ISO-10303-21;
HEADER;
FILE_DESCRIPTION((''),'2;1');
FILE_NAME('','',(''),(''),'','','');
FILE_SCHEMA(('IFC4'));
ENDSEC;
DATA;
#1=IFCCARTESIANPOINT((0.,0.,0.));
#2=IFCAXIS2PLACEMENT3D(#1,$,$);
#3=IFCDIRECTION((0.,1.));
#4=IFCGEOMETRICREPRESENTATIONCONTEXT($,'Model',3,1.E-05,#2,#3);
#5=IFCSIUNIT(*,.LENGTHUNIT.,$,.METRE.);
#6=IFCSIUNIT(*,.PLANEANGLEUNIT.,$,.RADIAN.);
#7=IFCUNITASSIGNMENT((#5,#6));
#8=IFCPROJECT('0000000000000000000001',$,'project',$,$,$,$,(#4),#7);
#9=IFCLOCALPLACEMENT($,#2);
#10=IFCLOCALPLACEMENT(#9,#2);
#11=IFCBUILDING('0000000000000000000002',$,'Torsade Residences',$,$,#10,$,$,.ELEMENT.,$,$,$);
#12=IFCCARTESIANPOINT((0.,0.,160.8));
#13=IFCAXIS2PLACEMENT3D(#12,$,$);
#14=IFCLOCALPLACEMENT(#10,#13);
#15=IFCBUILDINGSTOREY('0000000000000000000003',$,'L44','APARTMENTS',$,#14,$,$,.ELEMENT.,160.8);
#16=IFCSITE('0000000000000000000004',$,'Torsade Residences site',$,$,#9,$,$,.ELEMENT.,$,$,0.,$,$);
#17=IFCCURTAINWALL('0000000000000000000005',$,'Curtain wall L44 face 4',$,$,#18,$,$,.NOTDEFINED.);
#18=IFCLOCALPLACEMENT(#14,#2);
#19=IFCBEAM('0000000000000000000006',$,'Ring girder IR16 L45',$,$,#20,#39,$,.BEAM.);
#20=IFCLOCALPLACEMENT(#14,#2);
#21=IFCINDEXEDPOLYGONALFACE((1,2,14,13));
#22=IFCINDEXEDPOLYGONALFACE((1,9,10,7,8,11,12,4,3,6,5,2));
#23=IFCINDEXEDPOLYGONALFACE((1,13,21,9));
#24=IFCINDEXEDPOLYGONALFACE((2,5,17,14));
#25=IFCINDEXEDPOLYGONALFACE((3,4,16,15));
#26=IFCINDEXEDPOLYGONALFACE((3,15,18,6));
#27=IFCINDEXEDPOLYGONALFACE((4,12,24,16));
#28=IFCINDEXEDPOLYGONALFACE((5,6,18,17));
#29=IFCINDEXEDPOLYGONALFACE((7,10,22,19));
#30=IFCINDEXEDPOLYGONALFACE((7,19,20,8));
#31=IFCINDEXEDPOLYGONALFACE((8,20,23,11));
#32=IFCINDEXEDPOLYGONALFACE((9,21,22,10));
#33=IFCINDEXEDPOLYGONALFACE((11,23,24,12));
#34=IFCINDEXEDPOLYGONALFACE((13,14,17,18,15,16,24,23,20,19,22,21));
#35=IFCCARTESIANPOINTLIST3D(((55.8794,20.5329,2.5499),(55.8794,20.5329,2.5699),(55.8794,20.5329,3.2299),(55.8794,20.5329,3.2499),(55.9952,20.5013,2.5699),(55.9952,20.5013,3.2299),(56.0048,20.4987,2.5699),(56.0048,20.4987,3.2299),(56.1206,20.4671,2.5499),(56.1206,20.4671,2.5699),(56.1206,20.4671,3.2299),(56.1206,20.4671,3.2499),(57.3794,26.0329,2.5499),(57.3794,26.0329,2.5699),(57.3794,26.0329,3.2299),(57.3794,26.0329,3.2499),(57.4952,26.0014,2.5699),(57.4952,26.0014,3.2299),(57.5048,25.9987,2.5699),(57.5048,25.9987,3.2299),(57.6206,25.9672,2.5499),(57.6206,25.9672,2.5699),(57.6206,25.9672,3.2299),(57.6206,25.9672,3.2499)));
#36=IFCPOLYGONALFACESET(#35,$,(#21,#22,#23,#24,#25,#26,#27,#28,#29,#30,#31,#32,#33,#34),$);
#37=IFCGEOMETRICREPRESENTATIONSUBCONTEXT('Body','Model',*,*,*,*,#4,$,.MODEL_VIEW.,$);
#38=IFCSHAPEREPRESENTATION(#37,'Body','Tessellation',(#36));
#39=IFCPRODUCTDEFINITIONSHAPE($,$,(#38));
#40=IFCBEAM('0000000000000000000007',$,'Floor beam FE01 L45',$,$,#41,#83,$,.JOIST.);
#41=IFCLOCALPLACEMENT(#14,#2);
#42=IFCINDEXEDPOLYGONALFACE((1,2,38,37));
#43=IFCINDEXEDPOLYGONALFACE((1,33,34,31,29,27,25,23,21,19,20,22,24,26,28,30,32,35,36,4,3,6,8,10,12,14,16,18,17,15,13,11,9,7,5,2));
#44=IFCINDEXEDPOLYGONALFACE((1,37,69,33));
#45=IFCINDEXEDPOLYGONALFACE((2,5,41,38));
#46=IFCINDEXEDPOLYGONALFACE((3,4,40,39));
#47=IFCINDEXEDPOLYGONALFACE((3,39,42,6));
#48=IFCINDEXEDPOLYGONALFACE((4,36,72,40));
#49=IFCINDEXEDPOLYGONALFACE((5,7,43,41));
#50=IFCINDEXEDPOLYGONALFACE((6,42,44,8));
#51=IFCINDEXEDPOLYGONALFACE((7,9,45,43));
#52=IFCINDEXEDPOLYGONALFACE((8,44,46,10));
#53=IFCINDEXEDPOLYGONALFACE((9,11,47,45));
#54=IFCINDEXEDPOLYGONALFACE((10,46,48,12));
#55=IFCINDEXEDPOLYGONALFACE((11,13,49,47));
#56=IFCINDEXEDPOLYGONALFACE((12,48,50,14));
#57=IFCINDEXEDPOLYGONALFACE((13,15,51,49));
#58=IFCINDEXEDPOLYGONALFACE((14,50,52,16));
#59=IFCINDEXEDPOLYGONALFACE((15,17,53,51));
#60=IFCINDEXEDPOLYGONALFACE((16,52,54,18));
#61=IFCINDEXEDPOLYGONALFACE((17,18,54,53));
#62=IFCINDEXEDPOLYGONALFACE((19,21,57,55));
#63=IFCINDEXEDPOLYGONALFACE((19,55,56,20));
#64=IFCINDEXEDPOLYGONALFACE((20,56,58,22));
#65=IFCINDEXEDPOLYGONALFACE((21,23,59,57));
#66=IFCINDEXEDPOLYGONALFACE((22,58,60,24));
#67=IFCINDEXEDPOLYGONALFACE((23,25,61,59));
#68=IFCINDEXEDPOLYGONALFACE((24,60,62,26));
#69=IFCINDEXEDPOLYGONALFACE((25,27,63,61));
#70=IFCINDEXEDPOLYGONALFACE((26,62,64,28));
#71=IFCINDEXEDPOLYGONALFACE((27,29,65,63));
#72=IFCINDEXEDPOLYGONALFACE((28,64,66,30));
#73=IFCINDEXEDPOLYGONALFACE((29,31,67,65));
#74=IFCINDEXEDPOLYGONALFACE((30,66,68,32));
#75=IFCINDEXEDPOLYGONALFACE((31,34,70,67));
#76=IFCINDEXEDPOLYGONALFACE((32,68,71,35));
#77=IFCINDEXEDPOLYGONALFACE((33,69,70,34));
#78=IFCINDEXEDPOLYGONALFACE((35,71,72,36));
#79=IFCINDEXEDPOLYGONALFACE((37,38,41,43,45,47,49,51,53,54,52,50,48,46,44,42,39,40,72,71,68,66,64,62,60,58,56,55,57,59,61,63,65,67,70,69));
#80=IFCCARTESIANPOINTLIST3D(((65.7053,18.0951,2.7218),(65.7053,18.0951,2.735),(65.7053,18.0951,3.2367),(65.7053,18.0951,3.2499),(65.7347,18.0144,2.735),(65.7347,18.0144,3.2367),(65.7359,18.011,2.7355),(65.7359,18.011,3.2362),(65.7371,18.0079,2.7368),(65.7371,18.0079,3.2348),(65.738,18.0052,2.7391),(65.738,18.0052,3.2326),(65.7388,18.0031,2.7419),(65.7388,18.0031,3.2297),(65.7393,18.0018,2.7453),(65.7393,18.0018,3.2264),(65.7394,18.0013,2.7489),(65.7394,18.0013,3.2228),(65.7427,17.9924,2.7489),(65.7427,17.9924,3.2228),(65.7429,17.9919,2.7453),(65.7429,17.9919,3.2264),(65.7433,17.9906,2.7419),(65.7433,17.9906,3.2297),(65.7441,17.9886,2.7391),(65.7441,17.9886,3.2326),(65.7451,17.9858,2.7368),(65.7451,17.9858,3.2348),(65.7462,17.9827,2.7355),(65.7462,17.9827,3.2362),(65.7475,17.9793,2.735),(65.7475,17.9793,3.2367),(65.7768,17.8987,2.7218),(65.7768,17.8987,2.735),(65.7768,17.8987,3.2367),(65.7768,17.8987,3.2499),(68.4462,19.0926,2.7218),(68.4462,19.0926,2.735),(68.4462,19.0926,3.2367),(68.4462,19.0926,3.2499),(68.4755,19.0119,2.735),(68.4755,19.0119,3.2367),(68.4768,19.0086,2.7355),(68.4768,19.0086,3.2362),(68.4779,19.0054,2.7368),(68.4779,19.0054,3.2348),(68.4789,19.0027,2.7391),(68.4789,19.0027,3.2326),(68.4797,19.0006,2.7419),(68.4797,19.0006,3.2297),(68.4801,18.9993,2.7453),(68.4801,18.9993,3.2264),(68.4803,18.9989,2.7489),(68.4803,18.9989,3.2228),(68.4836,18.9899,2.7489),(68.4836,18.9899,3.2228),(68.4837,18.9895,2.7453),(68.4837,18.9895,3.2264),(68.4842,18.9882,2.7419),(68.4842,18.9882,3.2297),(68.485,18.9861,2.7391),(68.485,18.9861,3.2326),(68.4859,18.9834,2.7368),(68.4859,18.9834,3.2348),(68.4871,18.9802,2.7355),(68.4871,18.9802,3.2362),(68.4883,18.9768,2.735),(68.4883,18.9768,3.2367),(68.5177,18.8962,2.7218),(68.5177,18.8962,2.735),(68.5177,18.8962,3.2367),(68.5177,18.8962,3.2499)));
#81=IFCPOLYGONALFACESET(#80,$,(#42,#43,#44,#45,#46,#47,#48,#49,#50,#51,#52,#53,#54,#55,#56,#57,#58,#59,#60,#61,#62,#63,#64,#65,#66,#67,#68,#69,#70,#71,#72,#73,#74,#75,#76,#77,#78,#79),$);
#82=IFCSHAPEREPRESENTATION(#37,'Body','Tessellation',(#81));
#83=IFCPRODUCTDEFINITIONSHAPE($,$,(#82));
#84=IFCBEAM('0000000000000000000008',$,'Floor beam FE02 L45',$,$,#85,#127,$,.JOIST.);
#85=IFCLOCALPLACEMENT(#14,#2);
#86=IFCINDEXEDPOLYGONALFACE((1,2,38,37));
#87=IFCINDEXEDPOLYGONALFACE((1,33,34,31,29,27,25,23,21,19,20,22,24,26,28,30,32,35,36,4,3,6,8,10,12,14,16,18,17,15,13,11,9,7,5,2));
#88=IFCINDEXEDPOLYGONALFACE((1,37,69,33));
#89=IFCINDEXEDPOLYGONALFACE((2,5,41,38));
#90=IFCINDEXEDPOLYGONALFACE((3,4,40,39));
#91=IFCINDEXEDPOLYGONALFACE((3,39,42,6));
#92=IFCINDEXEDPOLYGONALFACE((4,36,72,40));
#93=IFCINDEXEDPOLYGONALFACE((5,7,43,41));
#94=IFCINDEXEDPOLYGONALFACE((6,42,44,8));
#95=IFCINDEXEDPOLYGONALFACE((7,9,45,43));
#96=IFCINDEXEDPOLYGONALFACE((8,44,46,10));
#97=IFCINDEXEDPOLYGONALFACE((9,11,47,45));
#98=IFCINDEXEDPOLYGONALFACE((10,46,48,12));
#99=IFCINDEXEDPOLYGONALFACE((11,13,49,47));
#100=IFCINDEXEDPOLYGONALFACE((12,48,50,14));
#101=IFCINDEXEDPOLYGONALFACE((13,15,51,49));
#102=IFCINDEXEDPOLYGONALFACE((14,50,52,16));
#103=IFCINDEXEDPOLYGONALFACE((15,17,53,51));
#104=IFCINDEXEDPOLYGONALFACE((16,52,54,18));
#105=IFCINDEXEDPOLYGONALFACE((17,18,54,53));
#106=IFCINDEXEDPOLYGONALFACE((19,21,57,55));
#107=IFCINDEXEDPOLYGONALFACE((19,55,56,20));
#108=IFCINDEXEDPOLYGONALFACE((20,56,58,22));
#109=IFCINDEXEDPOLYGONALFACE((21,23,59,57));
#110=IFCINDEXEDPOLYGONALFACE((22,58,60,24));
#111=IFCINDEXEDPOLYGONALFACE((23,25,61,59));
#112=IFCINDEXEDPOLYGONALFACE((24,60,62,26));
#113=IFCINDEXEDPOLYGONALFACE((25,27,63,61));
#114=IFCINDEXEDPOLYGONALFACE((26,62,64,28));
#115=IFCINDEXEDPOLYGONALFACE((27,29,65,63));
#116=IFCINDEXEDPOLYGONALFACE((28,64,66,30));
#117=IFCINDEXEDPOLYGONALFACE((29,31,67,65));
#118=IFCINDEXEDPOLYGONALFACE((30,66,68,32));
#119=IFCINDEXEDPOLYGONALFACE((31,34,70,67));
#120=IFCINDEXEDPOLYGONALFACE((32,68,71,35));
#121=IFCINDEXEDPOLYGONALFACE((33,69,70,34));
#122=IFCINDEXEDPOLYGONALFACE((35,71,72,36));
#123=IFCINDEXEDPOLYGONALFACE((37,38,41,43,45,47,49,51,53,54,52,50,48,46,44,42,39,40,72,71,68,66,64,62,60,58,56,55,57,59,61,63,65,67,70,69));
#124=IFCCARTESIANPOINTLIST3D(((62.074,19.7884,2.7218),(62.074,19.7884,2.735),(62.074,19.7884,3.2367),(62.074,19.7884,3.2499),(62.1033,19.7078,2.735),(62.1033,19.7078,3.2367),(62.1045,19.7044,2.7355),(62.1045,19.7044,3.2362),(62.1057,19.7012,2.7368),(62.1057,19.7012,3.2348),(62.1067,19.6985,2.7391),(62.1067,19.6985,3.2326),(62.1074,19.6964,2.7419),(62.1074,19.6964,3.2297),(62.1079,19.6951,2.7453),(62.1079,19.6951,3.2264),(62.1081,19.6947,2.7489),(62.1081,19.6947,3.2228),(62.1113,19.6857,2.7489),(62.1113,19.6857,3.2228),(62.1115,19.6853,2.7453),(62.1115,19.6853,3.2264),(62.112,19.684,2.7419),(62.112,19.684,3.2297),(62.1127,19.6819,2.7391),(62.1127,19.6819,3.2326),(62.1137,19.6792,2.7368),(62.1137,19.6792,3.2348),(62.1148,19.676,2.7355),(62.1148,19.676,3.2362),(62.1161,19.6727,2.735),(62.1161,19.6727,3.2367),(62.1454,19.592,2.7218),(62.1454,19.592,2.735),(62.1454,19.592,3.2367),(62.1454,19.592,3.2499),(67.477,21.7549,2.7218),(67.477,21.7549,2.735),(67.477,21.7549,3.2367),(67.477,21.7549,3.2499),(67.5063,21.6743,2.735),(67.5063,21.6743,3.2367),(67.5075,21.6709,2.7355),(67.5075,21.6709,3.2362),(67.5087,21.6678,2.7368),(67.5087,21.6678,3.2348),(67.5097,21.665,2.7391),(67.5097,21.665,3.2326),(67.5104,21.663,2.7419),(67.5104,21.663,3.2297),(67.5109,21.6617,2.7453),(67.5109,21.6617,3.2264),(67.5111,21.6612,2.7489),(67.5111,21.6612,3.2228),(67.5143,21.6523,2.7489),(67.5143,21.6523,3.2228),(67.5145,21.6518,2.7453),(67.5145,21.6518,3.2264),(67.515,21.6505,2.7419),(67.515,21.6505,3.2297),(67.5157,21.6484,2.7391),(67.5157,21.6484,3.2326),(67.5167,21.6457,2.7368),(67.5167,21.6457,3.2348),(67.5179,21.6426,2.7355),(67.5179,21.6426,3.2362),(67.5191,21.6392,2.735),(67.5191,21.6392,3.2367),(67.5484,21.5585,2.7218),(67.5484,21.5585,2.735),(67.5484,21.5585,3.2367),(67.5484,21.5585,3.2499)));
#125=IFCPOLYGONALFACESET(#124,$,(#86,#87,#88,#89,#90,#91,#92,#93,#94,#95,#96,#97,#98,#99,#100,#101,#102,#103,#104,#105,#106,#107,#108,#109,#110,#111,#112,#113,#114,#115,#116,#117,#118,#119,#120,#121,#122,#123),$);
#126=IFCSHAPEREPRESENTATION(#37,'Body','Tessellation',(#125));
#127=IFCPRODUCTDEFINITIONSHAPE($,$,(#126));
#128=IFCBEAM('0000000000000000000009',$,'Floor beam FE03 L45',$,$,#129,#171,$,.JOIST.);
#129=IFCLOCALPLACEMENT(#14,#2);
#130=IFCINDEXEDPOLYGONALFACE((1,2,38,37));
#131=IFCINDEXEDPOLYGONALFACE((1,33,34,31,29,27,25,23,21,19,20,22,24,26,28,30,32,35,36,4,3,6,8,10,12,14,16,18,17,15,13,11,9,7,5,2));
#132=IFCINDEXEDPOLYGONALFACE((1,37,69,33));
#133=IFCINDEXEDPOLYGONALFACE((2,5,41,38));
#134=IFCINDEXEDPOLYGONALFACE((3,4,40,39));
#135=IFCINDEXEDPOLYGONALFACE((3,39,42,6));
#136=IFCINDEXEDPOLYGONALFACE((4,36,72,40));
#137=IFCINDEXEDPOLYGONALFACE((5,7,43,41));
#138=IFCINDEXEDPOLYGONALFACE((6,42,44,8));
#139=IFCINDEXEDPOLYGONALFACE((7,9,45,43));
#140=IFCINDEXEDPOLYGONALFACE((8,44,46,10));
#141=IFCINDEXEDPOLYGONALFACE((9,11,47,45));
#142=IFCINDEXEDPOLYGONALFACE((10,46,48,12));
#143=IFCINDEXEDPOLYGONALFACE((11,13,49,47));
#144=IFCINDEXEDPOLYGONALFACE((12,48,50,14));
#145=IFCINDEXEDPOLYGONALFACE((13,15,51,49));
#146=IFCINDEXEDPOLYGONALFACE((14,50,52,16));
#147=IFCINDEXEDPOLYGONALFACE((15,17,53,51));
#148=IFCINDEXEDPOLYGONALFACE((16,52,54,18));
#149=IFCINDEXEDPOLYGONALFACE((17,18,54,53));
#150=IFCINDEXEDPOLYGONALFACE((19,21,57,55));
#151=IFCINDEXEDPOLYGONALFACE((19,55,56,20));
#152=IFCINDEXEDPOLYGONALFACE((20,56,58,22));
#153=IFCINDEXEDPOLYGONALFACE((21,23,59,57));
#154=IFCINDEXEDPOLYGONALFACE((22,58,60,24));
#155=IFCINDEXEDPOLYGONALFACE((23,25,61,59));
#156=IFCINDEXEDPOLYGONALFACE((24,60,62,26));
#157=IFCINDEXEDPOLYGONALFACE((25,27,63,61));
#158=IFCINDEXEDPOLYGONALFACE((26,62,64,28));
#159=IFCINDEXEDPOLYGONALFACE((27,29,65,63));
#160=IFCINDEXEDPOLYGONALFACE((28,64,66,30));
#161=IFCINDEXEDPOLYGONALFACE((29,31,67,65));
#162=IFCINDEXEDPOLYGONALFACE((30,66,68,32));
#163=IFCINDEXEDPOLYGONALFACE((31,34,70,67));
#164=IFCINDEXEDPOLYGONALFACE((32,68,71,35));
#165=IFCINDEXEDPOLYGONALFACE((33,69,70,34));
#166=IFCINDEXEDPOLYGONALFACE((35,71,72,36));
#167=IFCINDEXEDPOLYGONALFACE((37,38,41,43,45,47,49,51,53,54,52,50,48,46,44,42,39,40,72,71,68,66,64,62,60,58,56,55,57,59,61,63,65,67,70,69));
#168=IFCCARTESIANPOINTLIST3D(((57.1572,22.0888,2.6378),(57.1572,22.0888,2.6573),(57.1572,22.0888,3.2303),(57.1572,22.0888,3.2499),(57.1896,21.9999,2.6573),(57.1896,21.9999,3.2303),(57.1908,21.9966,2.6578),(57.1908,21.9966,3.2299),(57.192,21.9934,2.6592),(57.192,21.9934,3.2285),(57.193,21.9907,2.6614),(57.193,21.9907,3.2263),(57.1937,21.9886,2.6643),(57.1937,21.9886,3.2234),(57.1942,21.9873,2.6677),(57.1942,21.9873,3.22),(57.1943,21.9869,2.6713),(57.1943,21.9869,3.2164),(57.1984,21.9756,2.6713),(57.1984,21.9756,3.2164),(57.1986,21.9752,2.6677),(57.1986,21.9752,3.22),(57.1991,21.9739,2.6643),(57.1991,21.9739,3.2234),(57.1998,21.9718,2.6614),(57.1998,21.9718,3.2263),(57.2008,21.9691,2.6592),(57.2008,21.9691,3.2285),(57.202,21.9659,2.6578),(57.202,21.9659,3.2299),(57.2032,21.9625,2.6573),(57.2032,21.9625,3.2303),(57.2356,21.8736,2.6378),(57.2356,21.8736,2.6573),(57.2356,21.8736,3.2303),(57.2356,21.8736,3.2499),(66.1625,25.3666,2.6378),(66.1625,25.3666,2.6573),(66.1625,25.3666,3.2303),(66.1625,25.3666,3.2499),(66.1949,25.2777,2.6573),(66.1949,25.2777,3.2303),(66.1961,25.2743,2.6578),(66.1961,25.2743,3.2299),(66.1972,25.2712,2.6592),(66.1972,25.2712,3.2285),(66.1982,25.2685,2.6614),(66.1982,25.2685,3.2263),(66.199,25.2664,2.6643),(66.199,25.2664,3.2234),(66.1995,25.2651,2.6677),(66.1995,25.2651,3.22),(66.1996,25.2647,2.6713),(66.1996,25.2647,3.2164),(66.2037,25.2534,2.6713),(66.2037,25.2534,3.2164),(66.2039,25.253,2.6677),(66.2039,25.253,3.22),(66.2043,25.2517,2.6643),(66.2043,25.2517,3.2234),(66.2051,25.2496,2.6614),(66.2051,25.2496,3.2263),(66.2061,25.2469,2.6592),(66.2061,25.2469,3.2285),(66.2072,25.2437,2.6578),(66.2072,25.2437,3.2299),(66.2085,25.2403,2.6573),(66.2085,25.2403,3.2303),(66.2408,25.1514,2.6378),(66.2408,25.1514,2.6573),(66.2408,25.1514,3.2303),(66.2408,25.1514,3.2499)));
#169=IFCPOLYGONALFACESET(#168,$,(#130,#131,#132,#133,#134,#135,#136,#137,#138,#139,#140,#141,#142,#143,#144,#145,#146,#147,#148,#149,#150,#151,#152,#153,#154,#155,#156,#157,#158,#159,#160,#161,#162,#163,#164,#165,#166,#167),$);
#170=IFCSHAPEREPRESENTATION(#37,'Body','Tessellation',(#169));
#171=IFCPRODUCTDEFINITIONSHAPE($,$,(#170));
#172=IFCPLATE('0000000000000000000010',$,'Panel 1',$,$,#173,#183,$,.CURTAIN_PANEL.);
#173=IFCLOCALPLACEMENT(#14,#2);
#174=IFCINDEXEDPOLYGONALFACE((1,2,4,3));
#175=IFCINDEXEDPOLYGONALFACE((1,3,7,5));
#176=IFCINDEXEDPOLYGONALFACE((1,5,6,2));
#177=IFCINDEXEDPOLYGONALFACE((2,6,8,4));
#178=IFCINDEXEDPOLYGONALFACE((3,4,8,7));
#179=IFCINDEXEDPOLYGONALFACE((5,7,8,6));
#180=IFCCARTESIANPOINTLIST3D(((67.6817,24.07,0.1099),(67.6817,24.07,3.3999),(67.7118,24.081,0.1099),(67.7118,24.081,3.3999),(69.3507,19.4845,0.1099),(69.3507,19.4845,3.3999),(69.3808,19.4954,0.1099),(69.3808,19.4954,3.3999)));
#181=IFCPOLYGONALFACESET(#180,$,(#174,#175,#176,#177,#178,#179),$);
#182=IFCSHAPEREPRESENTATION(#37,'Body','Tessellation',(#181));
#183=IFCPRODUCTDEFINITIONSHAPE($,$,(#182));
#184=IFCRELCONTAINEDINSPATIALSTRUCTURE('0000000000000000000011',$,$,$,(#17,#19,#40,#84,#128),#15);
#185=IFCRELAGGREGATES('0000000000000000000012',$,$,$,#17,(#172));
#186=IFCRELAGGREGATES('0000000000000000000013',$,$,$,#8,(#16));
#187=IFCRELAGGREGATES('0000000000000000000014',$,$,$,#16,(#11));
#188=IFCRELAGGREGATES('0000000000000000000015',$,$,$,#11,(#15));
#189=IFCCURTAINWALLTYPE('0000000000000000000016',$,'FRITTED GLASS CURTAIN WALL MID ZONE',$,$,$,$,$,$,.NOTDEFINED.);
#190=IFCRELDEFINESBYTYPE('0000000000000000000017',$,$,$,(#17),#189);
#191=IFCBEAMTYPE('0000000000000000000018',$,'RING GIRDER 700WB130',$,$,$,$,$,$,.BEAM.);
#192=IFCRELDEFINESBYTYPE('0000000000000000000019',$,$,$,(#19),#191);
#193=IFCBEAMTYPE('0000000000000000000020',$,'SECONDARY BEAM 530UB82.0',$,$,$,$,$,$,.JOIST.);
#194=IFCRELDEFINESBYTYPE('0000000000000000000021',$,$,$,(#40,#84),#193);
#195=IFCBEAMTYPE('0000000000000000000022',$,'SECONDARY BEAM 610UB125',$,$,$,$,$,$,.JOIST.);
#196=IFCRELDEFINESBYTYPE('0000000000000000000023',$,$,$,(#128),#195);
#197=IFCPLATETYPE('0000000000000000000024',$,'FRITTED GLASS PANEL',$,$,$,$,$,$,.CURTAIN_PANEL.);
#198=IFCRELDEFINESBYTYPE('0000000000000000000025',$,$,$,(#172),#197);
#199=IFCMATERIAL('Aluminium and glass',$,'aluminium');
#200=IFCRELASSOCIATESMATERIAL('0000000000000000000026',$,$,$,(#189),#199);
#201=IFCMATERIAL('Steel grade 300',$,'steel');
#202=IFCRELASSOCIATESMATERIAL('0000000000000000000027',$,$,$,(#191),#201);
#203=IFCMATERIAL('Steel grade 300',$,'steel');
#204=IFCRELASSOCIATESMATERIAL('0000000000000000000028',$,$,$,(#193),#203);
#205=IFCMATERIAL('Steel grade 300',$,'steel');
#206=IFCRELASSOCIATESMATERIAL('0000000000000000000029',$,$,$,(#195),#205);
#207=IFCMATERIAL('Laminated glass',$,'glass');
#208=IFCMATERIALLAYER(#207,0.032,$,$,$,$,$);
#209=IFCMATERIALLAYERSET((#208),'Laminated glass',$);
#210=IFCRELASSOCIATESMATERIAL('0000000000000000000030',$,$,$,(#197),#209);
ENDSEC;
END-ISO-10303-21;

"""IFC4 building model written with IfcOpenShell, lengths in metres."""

from ifc_helpers import new_model, si_unit, direction, frame, origin, origin_2d, place, context, subcontext, project, spatial, rectangle, i_section, extrude, material, layer, layer_set, material_profile, profile_set, type_object, element, aggregate, save


model = new_model("IFC4")

# Units and contexts
model_context = context("Model", 3, precision=1e-05, world=origin(), true_north=direction((0.0, 1.0)))
body_context = subcontext(model_context, "Body", "Model", "MODEL_VIEW")
ifc_project = project(units=[si_unit("LENGTHUNIT", "METRE"), si_unit("PLANEANGLEUNIT", "RADIAN")], contexts=[model_context])

# Site, building, storey
site_placement = place(None, origin())
site = spatial("IfcSite", under=ifc_project, at=site_placement, Name="Torsade Residences site", CompositionType="ELEMENT", RefElevation=0.0)
building_placement = place(site_placement, origin())
building = spatial("IfcBuilding", under=site, at=building_placement, Name="Torsade Residences", CompositionType="ELEMENT")
storey_placement = place(building_placement, frame((0.0, 0.0, 160.8)))
storey = spatial("IfcBuildingStorey", under=building, at=storey_placement, Name="L44", Description="APARTMENTS", CompositionType="ELEMENT", Elevation=160.8)

# Curtain wall
ifc_material_1 = material(Name="Aluminium and glass", Category="aluminium")
curtain_wall_type = type_object("IfcCurtainWallType", Name="FRITTED GLASS CURTAIN WALL MID ZONE", PredefinedType="NOTDEFINED", material=ifc_material_1)
curtain_wall_placement = place(storey_placement, origin())
curtain_wall = element("IfcCurtainWall", 1, at=curtain_wall_placement, inside=storey, type_object=curtain_wall_type, Name="Curtain wall L44 face 4", PredefinedType="NOTDEFINED")

# Beams
ifc_material_2 = material(Name="Steel grade 300", Category="steel")
ifc_material_profile_1 = material_profile(ifc_material_2, i_section(OverallWidth=0.25, OverallDepth=0.7, WebThickness=0.01, FlangeThickness=0.02, at=origin_2d()), Name="700WB130")
ifc_profile_set_1 = profile_set([ifc_material_profile_1], Name="Steel grade 300")
beam_type_1 = type_object("IfcBeamType", Name="RING GIRDER 700WB130", PredefinedType="BEAM", material=ifc_profile_set_1)
beam_1_placement = place(storey_placement, frame((56.0, 20.5, 2.8999), z_axis=(0.263117, 0.964764, 0.0), x_axis=(-0.964764, 0.263117, 0.0)))
element("IfcBeam", 2, at=beam_1_placement, inside=storey, type_object=beam_type_1, Name="Ring girder IR16 L45", PredefinedType="BEAM", context=body_context, shape_type="SweptSolid", body=[
    extrude(i_section(OverallWidth=0.25, OverallDepth=0.7, WebThickness=0.01, FlangeThickness=0.02, at=origin_2d()), origin(), (0.0, 0.0, 1.0), 5.7009),
])
ifc_material_3 = material(Name="Steel grade 300", Category="steel")
ifc_material_profile_2 = material_profile(ifc_material_3, i_section(OverallWidth=0.209, OverallDepth=0.5281, WebThickness=0.0095, FlangeThickness=0.0132, FilletRadius=0.0139, at=origin_2d()), Name="530UB82.0")
ifc_profile_set_2 = profile_set([ifc_material_profile_2], Name="Steel grade 300")
beam_type_2 = type_object("IfcBeamType", Name="SECONDARY BEAM 530UB82.0", PredefinedType="JOIST", material=ifc_profile_set_2)
beam_2_placement = place(storey_placement, frame((68.4819, 18.9944, 2.9858), z_axis=(-0.939701, -0.341998, 0.0), x_axis=(0.341998, -0.939701, 0.0)))
element("IfcBeam", 3, at=beam_2_placement, inside=storey, type_object=beam_type_2, Name="Floor beam FE01 L45", PredefinedType="JOIST", context=body_context, shape_type="SweptSolid", body=[
    extrude(i_section(OverallWidth=0.209, OverallDepth=0.5281, WebThickness=0.0095, FlangeThickness=0.0132, FilletRadius=0.0139, at=origin_2d()), origin(), (0.0, 0.0, 1.0), 2.9167),
])
beam_3_placement = place(storey_placement, frame((67.5127, 21.6567, 2.9858), z_axis=(-0.939693, -0.342019, 0.0), x_axis=(0.342019, -0.939693, 0.0)))
element("IfcBeam", 4, at=beam_3_placement, inside=storey, type_object=beam_type_2, Name="Floor beam FE02 L45", PredefinedType="JOIST", context=body_context, shape_type="SweptSolid", body=[
    extrude(i_section(OverallWidth=0.209, OverallDepth=0.5281, WebThickness=0.0095, FlangeThickness=0.0132, FilletRadius=0.0139, at=origin_2d()), origin(), (0.0, 0.0, 1.0), 5.7498),
])
ifc_material_4 = material(Name="Steel grade 300", Category="steel")
ifc_material_profile_3 = material_profile(ifc_material_4, i_section(OverallWidth=0.229, OverallDepth=0.6121, WebThickness=0.012, FlangeThickness=0.0195, FilletRadius=0.0139, at=origin_2d()), Name="610UB125")
ifc_profile_set_3 = profile_set([ifc_material_profile_3], Name="Steel grade 300")
beam_type_3 = type_object("IfcBeamType", Name="SECONDARY BEAM 610UB125", PredefinedType="JOIST", material=ifc_profile_set_3)
beam_4_placement = place(storey_placement, frame((66.2017, 25.259, 2.9438), z_axis=(-0.939688, -0.342034, 0.0), x_axis=(0.342034, -0.939688, 0.0)))
element("IfcBeam", 5, at=beam_4_placement, inside=storey, type_object=beam_type_3, Name="Floor beam FE03 L45", PredefinedType="JOIST", context=body_context, shape_type="SweptSolid", body=[
    extrude(i_section(OverallWidth=0.229, OverallDepth=0.6121, WebThickness=0.012, FlangeThickness=0.0195, FilletRadius=0.0139, at=origin_2d()), origin(), (0.0, 0.0, 1.0), 9.5833),
])

# Plate
ifc_material_5 = material(Name="Laminated glass", Category="glass")
ifc_layer_1 = layer(ifc_material_5, 0.032)
ifc_layer_set_1 = layer_set([ifc_layer_1], Name="Laminated glass")
plate_type_1 = type_object("IfcPlateType", Name="FRITTED GLASS PANEL", PredefinedType="CURTAIN_PANEL", material=ifc_layer_set_1)
plate_1_placement = place(storey_placement, frame((68.5312, 21.7827, 0.1099), z_axis=(0.0, 0.0, 1.0), x_axis=(-0.34202, 0.939693, 0.0)))
plate_1 = element("IfcPlate", 6, at=plate_1_placement, type_object=plate_type_1, Name="Panel 1", PredefinedType="CURTAIN_PANEL", context=body_context, shape_type="SweptSolid", body=[
    extrude(rectangle(XDim=4.8799, YDim=0.032, at=origin_2d()), origin(), (0.0, 0.0, 1.0), 3.29),
])
aggregate(curtain_wall, [plate_1])

save(model, "model.ifc")
